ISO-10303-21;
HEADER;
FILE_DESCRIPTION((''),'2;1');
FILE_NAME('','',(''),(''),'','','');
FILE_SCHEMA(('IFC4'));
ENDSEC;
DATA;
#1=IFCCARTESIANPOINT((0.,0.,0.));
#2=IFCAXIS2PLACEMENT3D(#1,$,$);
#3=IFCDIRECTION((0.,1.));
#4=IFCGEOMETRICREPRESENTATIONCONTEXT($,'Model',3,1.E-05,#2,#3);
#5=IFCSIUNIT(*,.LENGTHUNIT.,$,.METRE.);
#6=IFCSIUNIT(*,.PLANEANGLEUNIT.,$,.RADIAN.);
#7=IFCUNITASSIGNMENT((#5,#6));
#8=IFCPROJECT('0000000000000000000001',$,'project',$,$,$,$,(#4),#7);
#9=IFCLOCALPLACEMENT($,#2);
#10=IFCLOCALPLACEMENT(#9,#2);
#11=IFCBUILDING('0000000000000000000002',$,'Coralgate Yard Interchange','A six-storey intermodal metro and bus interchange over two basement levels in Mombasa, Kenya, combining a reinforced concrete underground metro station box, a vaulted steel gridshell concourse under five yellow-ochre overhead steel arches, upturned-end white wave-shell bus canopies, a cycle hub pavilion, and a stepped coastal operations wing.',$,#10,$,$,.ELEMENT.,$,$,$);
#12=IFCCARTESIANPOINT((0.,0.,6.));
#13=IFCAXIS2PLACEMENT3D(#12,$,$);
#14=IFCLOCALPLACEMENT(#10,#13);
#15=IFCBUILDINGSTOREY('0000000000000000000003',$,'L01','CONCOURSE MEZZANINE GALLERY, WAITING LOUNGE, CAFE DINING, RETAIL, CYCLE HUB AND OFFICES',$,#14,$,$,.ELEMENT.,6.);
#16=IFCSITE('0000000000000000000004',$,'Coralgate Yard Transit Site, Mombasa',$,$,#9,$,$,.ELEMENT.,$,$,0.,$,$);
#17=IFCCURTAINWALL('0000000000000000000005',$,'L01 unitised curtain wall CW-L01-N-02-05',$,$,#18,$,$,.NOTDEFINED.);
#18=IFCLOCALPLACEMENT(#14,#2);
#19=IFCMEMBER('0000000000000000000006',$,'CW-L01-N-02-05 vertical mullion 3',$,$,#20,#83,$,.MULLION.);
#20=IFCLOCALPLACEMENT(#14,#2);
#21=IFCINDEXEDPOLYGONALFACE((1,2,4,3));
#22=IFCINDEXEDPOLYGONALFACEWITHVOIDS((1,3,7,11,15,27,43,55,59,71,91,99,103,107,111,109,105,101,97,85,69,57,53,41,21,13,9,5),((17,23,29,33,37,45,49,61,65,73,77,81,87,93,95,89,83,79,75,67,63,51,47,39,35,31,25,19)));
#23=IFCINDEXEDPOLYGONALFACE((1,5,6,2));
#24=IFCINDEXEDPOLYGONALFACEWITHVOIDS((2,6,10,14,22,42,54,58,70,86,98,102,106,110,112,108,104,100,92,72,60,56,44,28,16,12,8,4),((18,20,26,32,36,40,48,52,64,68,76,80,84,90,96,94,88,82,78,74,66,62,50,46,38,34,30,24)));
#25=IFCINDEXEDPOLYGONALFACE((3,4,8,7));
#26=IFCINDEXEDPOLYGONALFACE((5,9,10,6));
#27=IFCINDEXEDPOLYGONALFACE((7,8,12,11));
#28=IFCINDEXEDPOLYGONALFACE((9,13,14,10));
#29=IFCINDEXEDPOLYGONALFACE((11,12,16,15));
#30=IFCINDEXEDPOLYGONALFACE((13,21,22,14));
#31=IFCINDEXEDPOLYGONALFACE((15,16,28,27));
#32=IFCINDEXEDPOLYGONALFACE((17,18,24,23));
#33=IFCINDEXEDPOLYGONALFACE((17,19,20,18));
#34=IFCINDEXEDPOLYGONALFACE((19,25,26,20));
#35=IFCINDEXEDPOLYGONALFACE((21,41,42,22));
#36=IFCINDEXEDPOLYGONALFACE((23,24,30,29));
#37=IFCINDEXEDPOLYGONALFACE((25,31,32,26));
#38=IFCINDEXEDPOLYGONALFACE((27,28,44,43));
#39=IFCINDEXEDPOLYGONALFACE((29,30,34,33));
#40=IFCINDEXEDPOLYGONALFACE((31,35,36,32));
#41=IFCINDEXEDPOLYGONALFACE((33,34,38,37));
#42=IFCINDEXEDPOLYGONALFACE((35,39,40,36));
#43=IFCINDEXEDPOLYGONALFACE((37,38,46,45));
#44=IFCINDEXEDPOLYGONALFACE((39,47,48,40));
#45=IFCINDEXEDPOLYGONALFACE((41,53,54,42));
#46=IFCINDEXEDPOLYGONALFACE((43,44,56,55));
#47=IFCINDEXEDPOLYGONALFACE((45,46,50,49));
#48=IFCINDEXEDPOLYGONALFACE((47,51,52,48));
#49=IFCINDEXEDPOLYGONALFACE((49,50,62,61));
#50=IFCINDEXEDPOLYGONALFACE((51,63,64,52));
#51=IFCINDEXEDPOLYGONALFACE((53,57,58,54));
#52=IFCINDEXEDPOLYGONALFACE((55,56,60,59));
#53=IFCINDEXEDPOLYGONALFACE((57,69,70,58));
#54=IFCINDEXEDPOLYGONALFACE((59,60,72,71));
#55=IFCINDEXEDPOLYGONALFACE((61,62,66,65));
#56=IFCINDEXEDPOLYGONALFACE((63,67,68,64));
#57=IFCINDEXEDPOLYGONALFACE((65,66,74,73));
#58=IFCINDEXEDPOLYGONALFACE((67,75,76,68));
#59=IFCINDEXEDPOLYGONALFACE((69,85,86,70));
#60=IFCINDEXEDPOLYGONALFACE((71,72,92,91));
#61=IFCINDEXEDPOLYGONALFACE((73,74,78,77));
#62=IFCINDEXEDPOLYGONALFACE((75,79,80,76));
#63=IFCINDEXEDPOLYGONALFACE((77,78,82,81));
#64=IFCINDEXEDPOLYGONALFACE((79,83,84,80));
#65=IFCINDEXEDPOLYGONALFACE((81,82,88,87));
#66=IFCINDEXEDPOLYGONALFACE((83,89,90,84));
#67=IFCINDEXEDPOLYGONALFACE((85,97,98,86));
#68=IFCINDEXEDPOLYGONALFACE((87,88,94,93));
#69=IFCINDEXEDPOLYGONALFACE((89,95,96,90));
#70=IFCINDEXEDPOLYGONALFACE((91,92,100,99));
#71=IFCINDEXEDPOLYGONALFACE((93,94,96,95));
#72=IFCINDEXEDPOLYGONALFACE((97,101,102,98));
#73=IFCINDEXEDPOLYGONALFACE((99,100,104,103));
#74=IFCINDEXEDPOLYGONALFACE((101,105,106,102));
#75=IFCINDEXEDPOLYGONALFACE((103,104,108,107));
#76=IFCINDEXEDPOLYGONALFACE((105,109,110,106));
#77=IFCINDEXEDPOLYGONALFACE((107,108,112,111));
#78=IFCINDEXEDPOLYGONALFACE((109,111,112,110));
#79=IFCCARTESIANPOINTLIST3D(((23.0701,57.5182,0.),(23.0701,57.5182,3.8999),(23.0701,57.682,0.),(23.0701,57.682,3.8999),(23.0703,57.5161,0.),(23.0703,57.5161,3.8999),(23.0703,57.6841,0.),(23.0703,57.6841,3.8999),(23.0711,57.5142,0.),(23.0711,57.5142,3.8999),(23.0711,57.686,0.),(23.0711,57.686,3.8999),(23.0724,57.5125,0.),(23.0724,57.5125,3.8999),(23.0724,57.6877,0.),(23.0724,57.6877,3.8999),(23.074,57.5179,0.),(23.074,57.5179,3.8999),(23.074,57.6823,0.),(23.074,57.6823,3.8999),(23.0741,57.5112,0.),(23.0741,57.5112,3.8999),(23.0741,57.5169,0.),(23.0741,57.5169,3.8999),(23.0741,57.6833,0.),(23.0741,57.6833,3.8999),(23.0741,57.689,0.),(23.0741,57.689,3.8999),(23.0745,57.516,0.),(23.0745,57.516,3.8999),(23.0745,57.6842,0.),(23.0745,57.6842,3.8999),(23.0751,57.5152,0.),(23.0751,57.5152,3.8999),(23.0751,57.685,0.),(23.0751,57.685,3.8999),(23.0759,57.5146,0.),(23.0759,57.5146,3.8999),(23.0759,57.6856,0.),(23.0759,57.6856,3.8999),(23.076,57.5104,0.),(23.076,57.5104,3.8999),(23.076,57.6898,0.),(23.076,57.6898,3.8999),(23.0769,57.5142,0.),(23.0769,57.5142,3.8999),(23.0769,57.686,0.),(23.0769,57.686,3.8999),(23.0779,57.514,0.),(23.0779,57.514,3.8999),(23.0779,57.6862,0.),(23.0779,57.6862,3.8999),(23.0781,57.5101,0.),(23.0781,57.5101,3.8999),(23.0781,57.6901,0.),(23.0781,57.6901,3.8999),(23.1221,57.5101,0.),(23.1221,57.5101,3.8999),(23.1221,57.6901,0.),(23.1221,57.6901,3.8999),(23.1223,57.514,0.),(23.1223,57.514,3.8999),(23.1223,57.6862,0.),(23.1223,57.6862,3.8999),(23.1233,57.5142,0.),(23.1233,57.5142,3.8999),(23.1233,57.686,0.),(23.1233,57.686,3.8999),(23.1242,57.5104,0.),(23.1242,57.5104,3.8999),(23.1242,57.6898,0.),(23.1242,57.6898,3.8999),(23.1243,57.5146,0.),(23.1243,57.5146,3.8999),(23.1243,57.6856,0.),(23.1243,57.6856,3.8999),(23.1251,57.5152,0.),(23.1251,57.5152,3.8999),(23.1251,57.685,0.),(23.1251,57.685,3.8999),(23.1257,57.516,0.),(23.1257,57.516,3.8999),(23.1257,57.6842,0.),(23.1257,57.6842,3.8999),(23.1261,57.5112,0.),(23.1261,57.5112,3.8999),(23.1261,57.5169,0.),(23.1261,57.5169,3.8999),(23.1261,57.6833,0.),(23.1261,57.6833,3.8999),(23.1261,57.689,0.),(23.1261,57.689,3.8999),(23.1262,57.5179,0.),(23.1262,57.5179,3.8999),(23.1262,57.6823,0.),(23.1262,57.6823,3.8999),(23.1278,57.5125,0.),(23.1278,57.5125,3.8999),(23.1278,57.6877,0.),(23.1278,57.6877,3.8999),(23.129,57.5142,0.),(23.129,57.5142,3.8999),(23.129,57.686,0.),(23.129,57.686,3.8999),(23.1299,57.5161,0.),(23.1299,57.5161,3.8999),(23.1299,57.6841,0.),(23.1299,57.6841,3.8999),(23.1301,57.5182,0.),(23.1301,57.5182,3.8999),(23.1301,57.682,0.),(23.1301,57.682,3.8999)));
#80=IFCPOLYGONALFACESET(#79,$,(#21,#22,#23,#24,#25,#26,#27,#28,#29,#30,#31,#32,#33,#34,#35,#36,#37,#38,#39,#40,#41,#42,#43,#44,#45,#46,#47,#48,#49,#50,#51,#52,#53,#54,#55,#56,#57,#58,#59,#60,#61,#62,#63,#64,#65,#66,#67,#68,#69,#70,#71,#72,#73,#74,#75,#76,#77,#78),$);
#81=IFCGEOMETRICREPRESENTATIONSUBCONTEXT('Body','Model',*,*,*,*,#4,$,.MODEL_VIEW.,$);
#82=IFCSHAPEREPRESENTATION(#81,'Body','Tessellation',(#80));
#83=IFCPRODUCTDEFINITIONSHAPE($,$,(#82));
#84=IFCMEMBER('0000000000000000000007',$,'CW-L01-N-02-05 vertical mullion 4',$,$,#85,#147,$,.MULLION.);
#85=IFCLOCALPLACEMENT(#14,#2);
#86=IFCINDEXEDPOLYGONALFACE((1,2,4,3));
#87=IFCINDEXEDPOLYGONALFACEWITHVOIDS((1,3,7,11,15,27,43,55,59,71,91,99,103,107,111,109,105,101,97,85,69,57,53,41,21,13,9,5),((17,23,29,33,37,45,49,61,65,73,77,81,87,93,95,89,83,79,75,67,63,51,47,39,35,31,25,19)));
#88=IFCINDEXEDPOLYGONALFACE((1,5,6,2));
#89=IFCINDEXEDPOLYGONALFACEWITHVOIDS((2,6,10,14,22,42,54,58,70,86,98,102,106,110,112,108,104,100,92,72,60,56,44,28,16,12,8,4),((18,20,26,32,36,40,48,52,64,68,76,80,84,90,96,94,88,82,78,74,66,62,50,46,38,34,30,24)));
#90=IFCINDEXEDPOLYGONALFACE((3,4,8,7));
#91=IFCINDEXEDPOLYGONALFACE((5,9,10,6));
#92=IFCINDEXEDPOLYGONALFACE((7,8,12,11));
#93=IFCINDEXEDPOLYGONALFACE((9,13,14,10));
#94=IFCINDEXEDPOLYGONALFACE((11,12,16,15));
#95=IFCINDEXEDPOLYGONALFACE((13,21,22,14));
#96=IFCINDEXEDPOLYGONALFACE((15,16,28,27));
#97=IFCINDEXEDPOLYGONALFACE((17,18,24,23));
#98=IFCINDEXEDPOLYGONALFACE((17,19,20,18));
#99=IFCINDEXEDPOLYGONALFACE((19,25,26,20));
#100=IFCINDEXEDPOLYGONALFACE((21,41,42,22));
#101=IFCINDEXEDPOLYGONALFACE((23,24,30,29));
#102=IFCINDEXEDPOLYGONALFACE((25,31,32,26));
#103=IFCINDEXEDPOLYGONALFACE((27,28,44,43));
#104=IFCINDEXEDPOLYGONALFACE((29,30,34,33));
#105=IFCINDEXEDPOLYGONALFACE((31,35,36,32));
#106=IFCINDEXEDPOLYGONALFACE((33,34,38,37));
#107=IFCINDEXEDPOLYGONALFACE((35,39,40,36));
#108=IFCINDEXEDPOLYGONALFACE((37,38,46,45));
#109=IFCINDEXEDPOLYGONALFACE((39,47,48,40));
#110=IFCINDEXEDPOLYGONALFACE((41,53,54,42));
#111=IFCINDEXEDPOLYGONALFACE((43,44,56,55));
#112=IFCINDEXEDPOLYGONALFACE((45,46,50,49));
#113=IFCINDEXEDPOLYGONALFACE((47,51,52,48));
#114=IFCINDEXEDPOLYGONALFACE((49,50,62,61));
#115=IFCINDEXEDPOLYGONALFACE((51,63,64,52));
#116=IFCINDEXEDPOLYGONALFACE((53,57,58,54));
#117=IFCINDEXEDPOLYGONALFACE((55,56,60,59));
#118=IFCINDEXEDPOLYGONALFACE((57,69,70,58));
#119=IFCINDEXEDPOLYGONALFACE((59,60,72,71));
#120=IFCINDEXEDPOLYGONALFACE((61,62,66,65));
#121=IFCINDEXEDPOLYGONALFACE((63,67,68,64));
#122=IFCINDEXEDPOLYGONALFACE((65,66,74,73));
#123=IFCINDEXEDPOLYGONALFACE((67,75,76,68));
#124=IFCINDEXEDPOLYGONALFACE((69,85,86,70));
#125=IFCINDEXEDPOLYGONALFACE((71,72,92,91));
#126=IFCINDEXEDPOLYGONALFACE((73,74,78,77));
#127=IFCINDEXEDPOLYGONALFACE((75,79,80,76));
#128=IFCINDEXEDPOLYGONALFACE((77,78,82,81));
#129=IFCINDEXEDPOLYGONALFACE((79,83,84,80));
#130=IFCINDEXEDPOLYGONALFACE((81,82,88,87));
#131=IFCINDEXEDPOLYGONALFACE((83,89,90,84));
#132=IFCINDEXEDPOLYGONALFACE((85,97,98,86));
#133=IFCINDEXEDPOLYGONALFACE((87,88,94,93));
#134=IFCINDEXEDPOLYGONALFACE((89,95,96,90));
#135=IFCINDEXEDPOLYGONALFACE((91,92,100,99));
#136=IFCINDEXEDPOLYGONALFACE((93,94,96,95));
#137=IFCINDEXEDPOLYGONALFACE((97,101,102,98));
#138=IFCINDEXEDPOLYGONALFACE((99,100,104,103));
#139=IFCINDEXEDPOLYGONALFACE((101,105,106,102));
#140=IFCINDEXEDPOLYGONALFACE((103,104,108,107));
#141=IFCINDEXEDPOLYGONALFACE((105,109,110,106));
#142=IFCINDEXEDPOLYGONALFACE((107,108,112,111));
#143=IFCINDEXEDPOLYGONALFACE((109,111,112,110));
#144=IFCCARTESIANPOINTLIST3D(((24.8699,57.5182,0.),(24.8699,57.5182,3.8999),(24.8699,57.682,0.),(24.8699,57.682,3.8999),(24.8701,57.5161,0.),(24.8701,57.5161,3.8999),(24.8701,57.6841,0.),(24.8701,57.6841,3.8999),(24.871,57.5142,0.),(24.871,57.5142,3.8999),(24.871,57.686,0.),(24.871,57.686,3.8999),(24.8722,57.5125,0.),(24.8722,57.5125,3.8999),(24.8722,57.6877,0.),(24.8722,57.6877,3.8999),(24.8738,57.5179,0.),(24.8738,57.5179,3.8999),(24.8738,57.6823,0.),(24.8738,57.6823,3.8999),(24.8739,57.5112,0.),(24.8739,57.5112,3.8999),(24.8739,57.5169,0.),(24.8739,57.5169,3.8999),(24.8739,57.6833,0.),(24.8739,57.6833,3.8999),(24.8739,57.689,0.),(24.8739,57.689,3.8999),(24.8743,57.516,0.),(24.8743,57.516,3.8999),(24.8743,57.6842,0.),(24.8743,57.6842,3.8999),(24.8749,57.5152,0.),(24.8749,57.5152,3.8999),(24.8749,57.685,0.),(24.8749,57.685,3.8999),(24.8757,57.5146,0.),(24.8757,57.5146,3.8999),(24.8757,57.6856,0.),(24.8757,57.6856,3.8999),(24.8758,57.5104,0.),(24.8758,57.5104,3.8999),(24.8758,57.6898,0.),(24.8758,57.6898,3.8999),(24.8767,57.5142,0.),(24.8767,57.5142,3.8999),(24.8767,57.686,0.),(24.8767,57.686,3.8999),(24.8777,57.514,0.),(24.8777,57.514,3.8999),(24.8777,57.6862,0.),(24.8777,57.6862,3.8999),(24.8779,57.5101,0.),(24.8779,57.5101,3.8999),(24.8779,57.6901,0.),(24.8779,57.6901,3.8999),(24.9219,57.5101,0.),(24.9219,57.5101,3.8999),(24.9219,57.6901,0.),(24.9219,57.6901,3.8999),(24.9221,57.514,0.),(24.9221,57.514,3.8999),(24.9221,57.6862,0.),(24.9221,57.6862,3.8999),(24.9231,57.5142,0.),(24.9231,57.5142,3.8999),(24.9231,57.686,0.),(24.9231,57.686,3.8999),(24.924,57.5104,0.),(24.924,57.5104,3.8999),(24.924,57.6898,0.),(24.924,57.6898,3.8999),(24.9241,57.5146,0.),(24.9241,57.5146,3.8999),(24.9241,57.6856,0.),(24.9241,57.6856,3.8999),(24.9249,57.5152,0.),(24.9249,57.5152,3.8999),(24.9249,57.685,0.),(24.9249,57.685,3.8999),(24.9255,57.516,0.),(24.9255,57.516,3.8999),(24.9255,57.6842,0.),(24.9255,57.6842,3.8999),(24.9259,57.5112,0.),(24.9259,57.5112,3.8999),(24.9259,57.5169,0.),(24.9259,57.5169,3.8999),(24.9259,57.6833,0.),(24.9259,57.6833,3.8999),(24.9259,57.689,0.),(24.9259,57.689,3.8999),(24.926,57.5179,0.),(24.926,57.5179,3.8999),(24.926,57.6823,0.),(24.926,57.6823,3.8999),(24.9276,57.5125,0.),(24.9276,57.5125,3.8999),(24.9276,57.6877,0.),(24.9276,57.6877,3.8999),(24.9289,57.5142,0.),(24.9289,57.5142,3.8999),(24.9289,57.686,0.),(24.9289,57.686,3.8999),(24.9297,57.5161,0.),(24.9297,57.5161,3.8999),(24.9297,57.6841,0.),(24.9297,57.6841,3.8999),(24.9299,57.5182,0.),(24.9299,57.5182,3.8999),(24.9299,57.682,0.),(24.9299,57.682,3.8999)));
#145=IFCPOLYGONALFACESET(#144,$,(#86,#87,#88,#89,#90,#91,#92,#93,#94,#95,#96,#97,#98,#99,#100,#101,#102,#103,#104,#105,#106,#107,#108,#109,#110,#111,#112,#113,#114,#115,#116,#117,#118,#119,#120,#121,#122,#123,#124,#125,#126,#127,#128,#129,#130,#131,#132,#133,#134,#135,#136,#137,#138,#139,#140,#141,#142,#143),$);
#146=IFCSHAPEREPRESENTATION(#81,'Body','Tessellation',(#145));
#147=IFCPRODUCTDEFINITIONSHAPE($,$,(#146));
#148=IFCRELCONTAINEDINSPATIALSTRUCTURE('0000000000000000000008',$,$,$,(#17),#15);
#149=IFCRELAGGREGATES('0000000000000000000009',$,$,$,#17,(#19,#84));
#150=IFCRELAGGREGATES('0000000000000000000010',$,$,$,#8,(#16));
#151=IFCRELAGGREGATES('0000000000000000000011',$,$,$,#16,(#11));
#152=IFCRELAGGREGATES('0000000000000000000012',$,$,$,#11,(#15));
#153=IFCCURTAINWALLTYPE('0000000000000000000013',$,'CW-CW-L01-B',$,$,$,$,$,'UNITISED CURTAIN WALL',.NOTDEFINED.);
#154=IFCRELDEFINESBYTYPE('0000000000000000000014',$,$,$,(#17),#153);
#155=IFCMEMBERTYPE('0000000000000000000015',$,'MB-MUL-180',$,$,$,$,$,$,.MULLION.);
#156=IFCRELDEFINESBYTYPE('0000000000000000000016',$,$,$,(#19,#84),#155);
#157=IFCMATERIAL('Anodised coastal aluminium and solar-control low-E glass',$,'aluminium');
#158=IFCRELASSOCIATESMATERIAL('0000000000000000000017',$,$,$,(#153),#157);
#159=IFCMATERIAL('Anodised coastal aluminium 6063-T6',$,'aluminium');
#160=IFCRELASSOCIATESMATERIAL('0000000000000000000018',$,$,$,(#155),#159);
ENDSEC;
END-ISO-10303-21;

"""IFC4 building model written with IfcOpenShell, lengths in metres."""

from ifc_helpers import new_model, si_unit, direction, frame, origin, origin_2d, place, context, subcontext, project, spatial, hollow_rectangle, extrude, material, material_profile, profile_set, type_object, element, aggregate, save


model = new_model("IFC4")

# Units and contexts
model_context = context("Model", 3, precision=1e-05, world=origin(), true_north=direction((0.0, 1.0)))
body_context = subcontext(model_context, "Body", "Model", "MODEL_VIEW")
ifc_project = project(units=[si_unit("LENGTHUNIT", "METRE"), si_unit("PLANEANGLEUNIT", "RADIAN")], contexts=[model_context])

# Site, building, storey
site_placement = place(None, origin())
site = spatial("IfcSite", under=ifc_project, at=site_placement, Name="Coralgate Yard Transit Site, Mombasa", CompositionType="ELEMENT", RefElevation=0.0)
building_placement = place(site_placement, origin())
building = spatial("IfcBuilding", under=site, at=building_placement, Name="Coralgate Yard Interchange", Description="A six-storey intermodal metro and bus interchange over two basement levels in Mombasa, Kenya, combining a reinforced concrete underground metro station box, a vaulted steel gridshell concourse under five yellow-ochre overhead steel arches, upturned-end white wave-shell bus canopies, a cycle hub pavilion, and a stepped coastal operations wing.", CompositionType="ELEMENT")
storey_placement = place(building_placement, frame((0.0, 0.0, 6.0)))
storey = spatial("IfcBuildingStorey", under=building, at=storey_placement, Name="L01", Description="CONCOURSE MEZZANINE GALLERY, WAITING LOUNGE, CAFE DINING, RETAIL, CYCLE HUB AND OFFICES", CompositionType="ELEMENT", Elevation=6.0)

# Curtain wall, members
ifc_material_1 = material(Name="Anodised coastal aluminium and solar-control low-E glass", Category="aluminium")
curtain_wall_type = type_object("IfcCurtainWallType", Name="CW-CW-L01-B", ElementType="UNITISED CURTAIN WALL", PredefinedType="NOTDEFINED", material=ifc_material_1)
curtain_wall_placement = place(storey_placement, origin())
curtain_wall = element("IfcCurtainWall", 1, at=curtain_wall_placement, inside=storey, type_object=curtain_wall_type, Name="L01 unitised curtain wall CW-L01-N-02-05", PredefinedType="NOTDEFINED")
ifc_material_2 = material(Name="Anodised coastal aluminium 6063-T6", Category="aluminium")
ifc_material_profile_1 = material_profile(ifc_material_2, hollow_rectangle(XDim=0.0601, YDim=0.1799, WallThickness=0.0039, InnerFilletRadius=0.0039, OuterFilletRadius=0.0081, at=origin_2d()), Name="ALU 60x180x4")
ifc_profile_set_1 = profile_set([ifc_material_profile_1], Name="Anodised coastal aluminium 6063-T6")
member_type_1 = type_object("IfcMemberType", Name="MB-MUL-180", PredefinedType="MULLION", material=ifc_profile_set_1)
member_1_placement = place(storey_placement, frame((23.1001, 57.6001, 0.0), z_axis=(0.0, 0.0, 1.0), x_axis=(1.0, 0.0, 0.0)))
member_1 = element("IfcMember", 2, at=member_1_placement, type_object=member_type_1, Name="CW-L01-N-02-05 vertical mullion 3", PredefinedType="MULLION", context=body_context, shape_type="SweptSolid", body=[
    extrude(hollow_rectangle(XDim=0.0601, YDim=0.1799, WallThickness=0.0039, InnerFilletRadius=0.0039, OuterFilletRadius=0.0081, at=origin_2d()), origin(), (0.0, 0.0, 1.0), 3.8999),
])
member_2_placement = place(storey_placement, frame((24.8999, 57.6001, 0.0), z_axis=(0.0, 0.0, 1.0), x_axis=(1.0, 0.0, 0.0)))
member_2 = element("IfcMember", 3, at=member_2_placement, type_object=member_type_1, Name="CW-L01-N-02-05 vertical mullion 4", PredefinedType="MULLION", context=body_context, shape_type="SweptSolid", body=[
    extrude(hollow_rectangle(XDim=0.0601, YDim=0.1799, WallThickness=0.0039, InnerFilletRadius=0.0039, OuterFilletRadius=0.0081, at=origin_2d()), origin(), (0.0, 0.0, 1.0), 3.8999),
])
aggregate(curtain_wall, [member_1, member_2])

save(model, "model.ifc")
